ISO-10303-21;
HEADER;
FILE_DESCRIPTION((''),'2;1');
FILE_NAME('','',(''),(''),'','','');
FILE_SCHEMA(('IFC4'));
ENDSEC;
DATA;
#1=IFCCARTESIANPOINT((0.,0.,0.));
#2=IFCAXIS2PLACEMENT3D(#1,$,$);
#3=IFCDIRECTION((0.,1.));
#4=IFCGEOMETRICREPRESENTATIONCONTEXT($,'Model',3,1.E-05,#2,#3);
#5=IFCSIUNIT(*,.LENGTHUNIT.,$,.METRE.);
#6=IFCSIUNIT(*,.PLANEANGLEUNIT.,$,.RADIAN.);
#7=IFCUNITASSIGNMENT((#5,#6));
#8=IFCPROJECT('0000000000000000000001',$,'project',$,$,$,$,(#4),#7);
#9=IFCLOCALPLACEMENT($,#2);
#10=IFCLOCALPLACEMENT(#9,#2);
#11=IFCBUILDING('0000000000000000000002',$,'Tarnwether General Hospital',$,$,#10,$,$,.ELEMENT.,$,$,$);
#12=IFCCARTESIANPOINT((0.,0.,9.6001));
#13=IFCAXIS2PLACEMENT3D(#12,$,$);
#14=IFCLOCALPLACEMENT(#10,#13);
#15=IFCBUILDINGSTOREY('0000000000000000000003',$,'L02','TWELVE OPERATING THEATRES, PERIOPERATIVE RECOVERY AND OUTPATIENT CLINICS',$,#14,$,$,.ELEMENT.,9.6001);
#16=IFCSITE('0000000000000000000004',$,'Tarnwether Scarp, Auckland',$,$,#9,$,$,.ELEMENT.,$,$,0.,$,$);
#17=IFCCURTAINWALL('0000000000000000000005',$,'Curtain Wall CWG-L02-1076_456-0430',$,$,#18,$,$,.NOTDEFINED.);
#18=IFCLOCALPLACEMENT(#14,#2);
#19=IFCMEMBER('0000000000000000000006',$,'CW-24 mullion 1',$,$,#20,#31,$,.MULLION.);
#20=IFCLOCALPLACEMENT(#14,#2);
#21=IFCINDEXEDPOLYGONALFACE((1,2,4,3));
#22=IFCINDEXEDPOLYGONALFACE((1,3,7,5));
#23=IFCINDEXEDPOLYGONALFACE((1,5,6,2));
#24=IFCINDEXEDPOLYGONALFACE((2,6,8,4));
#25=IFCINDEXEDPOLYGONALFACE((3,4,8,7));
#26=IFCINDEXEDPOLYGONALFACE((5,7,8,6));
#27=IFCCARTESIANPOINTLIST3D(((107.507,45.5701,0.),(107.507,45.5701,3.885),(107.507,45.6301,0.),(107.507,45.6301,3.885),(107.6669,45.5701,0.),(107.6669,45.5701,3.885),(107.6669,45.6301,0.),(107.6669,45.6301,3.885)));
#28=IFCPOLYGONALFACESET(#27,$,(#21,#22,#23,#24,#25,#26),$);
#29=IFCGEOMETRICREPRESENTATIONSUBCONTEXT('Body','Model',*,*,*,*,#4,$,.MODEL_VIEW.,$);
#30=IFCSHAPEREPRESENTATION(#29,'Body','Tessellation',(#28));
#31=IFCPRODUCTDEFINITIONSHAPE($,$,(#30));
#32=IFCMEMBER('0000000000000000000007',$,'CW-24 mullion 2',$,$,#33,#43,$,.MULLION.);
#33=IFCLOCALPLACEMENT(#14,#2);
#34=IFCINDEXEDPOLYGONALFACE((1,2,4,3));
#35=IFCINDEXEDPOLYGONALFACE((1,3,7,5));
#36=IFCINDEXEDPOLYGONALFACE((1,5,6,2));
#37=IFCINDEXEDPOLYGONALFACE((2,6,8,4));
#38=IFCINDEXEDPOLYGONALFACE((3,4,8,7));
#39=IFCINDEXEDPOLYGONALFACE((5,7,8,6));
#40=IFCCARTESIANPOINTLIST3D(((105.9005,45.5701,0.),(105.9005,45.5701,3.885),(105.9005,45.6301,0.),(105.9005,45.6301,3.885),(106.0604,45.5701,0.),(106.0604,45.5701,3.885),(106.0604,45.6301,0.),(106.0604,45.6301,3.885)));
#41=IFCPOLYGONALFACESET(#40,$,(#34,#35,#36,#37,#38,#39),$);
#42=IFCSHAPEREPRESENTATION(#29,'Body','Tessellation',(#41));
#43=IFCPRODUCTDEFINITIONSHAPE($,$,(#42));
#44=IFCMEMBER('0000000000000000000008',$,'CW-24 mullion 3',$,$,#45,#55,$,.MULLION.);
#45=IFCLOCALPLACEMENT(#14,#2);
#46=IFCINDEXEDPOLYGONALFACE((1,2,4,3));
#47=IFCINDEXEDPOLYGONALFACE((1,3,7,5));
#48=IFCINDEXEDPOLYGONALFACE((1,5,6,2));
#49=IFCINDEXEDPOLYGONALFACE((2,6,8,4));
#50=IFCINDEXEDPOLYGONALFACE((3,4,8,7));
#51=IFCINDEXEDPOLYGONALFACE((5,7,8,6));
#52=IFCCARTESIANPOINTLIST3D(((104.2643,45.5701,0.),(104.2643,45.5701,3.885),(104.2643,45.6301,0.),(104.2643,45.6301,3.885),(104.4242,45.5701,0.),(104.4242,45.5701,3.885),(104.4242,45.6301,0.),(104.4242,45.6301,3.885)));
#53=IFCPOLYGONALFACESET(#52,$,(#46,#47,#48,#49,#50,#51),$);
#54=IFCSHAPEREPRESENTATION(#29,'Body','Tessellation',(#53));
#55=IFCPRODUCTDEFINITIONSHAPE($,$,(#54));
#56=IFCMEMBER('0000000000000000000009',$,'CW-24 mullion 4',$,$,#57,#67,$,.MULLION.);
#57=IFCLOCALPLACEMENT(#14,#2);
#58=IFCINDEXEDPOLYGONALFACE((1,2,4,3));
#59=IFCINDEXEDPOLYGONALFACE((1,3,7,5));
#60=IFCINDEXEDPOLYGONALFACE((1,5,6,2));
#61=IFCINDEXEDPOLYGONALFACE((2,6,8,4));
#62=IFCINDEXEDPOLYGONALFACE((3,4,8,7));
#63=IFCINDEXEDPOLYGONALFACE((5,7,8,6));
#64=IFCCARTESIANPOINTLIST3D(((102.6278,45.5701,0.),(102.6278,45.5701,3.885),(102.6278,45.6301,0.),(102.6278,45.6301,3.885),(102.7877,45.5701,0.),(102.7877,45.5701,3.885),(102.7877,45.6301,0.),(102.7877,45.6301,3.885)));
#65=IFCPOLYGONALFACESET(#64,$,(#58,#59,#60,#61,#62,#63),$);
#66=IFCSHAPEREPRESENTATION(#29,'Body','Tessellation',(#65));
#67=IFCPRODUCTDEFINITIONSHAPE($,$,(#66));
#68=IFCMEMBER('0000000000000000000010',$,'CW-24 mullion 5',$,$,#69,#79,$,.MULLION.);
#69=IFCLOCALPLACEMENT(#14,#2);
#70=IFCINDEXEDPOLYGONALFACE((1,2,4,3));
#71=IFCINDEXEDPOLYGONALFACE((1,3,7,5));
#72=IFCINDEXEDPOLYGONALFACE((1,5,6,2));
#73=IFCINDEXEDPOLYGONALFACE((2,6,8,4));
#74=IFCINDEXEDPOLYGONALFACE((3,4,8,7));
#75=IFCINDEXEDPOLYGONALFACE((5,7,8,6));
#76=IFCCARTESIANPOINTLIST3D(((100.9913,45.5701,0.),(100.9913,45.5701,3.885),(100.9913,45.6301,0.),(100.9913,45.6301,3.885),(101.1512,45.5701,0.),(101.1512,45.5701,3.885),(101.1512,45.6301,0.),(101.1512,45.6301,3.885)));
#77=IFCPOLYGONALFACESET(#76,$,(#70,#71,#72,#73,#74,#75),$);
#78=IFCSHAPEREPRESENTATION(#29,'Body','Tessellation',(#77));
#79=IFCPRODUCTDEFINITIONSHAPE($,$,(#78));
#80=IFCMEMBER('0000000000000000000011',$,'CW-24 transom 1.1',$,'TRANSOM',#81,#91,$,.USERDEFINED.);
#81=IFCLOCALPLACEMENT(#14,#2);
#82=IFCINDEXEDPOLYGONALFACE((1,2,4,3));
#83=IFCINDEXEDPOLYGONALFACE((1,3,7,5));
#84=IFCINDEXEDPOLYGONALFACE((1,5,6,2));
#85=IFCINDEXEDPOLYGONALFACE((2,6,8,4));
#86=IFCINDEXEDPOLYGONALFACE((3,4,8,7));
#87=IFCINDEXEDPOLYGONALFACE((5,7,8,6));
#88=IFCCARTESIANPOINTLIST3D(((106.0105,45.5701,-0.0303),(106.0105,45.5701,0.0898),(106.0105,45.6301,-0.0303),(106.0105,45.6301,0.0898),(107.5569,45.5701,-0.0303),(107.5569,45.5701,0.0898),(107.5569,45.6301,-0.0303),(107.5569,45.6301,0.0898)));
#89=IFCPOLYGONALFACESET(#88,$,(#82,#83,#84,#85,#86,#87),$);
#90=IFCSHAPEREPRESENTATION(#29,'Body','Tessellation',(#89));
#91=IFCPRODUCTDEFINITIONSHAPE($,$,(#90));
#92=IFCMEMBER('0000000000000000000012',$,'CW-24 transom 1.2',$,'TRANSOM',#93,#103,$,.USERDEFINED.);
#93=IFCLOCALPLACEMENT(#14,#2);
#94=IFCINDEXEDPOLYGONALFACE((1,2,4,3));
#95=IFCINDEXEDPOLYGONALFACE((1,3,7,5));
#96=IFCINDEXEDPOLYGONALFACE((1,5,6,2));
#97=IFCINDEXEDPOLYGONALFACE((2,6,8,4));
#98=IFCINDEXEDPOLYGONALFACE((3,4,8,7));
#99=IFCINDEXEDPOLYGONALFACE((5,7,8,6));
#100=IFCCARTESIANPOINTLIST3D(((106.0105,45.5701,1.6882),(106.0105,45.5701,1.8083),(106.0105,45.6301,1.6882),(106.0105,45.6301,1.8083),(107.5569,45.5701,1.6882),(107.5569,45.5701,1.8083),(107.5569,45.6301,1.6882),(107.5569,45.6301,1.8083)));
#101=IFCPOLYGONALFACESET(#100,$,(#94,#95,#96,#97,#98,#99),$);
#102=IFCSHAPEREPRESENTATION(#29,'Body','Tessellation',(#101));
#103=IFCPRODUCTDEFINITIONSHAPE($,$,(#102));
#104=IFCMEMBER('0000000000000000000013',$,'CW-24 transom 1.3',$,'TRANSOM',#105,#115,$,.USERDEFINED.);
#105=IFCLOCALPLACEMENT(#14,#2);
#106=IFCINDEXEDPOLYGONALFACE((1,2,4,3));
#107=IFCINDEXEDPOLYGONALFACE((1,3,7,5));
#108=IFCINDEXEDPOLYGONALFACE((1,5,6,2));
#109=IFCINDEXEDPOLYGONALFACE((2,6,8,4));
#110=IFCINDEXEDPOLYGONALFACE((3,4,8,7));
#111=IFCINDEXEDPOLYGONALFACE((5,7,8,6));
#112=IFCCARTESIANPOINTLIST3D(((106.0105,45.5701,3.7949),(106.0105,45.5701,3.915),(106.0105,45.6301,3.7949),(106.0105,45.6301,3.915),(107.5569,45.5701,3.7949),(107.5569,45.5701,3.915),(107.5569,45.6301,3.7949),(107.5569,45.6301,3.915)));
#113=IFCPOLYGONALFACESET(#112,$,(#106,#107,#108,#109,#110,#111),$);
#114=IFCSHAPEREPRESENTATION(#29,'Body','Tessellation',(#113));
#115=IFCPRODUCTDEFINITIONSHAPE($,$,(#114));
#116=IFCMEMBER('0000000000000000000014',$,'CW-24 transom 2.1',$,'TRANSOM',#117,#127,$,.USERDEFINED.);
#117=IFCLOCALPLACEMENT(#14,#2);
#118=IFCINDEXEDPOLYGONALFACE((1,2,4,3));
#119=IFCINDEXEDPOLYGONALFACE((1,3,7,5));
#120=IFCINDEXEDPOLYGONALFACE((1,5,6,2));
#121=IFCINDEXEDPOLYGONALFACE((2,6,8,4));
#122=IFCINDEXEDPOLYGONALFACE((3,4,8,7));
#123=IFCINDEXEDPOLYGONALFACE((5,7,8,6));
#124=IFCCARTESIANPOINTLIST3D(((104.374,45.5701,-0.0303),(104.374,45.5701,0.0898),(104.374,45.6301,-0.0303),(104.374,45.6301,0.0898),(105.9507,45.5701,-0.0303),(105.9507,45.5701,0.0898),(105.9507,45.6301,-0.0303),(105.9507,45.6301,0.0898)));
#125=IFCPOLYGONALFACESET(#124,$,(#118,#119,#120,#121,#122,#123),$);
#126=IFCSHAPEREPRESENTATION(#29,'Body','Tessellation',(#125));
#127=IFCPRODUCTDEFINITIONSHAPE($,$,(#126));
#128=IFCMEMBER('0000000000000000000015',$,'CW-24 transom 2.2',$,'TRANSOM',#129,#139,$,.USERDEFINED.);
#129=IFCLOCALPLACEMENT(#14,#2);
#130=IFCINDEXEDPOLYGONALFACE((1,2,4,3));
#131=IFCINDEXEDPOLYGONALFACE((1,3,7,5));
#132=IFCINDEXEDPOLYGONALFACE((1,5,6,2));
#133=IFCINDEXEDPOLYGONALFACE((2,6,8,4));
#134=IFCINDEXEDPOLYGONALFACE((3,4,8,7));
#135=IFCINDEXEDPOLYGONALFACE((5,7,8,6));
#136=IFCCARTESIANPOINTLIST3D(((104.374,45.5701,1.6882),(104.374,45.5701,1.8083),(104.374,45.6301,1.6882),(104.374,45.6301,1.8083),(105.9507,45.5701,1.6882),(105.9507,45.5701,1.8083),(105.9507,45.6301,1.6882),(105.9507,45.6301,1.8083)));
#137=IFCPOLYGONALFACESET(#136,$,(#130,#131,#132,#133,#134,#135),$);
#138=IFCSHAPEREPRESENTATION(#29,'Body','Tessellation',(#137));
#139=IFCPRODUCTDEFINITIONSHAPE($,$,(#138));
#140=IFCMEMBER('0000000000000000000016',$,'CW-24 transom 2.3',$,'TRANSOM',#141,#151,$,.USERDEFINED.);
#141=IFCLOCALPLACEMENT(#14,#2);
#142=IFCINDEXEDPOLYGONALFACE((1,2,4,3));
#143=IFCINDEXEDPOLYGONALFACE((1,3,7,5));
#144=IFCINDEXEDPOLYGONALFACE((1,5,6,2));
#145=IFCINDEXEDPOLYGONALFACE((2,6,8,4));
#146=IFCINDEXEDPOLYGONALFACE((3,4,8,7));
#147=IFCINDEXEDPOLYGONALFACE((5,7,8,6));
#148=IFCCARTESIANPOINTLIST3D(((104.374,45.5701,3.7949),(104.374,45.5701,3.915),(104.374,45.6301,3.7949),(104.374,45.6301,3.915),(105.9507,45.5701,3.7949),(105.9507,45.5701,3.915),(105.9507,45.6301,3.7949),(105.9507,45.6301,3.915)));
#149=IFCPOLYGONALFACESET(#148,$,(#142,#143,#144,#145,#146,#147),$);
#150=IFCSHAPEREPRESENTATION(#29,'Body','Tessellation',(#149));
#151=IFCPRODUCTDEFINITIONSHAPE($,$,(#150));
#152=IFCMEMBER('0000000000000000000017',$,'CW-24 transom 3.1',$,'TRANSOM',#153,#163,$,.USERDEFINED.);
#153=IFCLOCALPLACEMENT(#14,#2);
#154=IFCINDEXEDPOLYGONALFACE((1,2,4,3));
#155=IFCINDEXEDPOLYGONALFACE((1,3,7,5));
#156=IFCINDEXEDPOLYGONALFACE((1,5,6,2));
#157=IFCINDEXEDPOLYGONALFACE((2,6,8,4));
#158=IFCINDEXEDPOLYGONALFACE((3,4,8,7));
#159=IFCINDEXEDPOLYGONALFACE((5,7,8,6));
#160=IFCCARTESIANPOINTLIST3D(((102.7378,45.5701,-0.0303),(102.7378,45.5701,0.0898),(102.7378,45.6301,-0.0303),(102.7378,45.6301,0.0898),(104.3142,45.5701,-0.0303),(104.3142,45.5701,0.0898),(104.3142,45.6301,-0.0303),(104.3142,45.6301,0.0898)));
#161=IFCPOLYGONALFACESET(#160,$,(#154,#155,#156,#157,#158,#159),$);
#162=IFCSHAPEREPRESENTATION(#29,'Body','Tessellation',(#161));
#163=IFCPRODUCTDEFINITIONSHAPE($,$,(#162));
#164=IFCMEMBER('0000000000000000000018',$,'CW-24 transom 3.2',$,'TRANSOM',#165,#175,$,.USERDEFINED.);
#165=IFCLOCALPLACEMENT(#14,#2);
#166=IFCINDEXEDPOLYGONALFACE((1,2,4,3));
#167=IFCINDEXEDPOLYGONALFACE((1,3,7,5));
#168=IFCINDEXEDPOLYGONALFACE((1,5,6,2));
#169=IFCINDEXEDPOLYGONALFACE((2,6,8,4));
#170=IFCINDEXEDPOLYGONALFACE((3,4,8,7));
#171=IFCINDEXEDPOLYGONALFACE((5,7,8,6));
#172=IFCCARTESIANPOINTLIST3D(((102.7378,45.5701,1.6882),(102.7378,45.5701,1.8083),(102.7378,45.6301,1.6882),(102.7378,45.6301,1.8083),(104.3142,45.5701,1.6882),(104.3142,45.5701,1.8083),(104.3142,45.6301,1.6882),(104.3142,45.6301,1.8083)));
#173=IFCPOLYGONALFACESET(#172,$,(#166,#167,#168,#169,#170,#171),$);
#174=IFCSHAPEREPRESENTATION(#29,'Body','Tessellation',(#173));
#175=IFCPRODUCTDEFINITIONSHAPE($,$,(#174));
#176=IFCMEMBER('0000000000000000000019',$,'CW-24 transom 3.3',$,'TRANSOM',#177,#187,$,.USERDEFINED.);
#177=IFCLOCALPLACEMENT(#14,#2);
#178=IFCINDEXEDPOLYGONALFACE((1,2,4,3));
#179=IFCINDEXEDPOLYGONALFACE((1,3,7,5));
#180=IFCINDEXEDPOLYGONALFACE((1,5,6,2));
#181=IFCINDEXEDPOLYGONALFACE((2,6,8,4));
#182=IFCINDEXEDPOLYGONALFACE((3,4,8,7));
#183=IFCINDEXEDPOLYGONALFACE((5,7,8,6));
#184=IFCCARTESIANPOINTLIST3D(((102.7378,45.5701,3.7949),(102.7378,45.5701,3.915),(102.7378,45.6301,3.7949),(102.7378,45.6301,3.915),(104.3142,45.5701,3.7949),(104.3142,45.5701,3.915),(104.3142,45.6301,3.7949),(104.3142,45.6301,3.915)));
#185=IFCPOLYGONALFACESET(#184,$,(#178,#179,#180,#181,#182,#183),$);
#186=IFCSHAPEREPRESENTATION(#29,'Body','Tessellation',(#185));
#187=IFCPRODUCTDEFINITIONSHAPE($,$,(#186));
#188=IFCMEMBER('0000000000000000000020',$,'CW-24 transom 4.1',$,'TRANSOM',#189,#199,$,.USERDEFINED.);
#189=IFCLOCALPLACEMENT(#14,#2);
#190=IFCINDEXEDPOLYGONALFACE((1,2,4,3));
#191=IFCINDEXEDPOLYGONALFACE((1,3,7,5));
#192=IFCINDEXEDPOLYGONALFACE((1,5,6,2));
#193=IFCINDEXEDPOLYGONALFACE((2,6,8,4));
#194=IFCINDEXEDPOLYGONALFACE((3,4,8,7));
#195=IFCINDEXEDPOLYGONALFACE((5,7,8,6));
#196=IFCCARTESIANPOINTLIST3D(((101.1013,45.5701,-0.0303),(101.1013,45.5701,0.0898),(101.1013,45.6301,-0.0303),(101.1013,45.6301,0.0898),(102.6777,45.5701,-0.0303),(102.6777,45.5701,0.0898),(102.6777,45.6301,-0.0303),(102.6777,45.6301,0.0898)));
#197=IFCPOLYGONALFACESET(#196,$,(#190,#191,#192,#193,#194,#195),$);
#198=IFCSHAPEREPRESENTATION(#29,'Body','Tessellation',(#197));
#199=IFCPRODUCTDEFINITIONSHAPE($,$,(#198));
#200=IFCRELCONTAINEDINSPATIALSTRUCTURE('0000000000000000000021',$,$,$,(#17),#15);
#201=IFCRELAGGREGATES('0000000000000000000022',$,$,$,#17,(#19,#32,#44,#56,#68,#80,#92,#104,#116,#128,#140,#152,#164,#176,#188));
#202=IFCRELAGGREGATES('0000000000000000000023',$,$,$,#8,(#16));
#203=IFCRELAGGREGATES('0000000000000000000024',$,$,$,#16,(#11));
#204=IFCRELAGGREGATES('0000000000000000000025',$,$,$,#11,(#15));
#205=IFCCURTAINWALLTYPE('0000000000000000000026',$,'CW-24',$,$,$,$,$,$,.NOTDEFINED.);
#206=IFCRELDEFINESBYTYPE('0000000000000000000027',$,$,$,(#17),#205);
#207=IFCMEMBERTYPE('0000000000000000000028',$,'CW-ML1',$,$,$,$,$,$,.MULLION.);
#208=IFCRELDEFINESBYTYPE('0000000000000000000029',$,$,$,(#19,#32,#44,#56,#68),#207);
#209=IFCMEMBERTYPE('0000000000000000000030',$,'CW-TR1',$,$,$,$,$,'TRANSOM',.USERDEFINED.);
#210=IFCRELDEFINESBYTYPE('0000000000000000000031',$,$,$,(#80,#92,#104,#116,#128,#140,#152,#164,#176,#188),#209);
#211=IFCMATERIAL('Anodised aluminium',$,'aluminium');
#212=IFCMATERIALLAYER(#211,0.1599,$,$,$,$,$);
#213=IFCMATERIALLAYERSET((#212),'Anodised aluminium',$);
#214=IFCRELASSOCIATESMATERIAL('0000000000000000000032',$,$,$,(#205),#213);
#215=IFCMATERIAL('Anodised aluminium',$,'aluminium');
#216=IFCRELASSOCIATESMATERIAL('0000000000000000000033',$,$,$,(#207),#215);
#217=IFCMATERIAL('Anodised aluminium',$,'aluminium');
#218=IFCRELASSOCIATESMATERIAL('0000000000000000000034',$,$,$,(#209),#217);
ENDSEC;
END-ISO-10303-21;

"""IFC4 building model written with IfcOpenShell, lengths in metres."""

from ifc_helpers import new_model, si_unit, direction, frame, origin, origin_2d, place, context, subcontext, project, spatial, rectangle, extrude, material, layer, layer_set, material_profile, profile_set, type_object, element, aggregate, save


model = new_model("IFC4")

# Units and contexts
model_context = context("Model", 3, precision=1e-05, world=origin(), true_north=direction((0.0, 1.0)))
body_context = subcontext(model_context, "Body", "Model", "MODEL_VIEW")
ifc_project = project(units=[si_unit("LENGTHUNIT", "METRE"), si_unit("PLANEANGLEUNIT", "RADIAN")], contexts=[model_context])

# Site, building, storey
site_placement = place(None, origin())
site = spatial("IfcSite", under=ifc_project, at=site_placement, Name="Tarnwether Scarp, Auckland", CompositionType="ELEMENT", RefElevation=0.0)
building_placement = place(site_placement, origin())
building = spatial("IfcBuilding", under=site, at=building_placement, Name="Tarnwether General Hospital", CompositionType="ELEMENT")
storey_placement = place(building_placement, frame((0.0, 0.0, 9.6001)))
storey = spatial("IfcBuildingStorey", under=building, at=storey_placement, Name="L02", Description="TWELVE OPERATING THEATRES, PERIOPERATIVE RECOVERY AND OUTPATIENT CLINICS", CompositionType="ELEMENT", Elevation=9.6001)

# Curtain wall, members
ifc_material_1 = material(Name="Anodised aluminium", Category="aluminium")
ifc_layer_1 = layer(ifc_material_1, 0.1599)
ifc_layer_set_1 = layer_set([ifc_layer_1], Name="Anodised aluminium")
curtain_wall_type = type_object("IfcCurtainWallType", Name="CW-24", PredefinedType="NOTDEFINED", material=ifc_layer_set_1)
curtain_wall_placement = place(storey_placement, origin())
curtain_wall = element("IfcCurtainWall", 1, at=curtain_wall_placement, inside=storey, type_object=curtain_wall_type, Name="Curtain Wall CWG-L02-1076_456-0430", PredefinedType="NOTDEFINED")
ifc_material_2 = material(Name="Anodised aluminium", Category="aluminium")
ifc_material_profile_1 = material_profile(ifc_material_2, rectangle(XDim=0.0601, YDim=0.1599, at=origin_2d()), Name="ALU-MUL-60x160")
ifc_profile_set_1 = profile_set([ifc_material_profile_1], Name="Anodised aluminium")
member_type_1 = type_object("IfcMemberType", Name="CW-ML1", PredefinedType="MULLION", material=ifc_profile_set_1)
member_1_placement = place(storey_placement, frame((107.5869, 45.6001, 0.0), z_axis=(0.0, 0.0, 1.0), x_axis=(0.0, -1.0, 0.0)))
member_1 = element("IfcMember", 2, at=member_1_placement, type_object=member_type_1, Name="CW-24 mullion 1", PredefinedType="MULLION", context=body_context, shape_type="SweptSolid", body=[
    extrude(rectangle(XDim=0.0601, YDim=0.1599, at=origin_2d()), origin(), (0.0, 0.0, 1.0), 3.885),
])
member_2_placement = place(storey_placement, frame((105.9805, 45.6001, 0.0), z_axis=(0.0, 0.0, 1.0), x_axis=(0.0, -1.0, 0.0)))
member_2 = element("IfcMember", 3, at=member_2_placement, type_object=member_type_1, Name="CW-24 mullion 2", PredefinedType="MULLION", context=body_context, shape_type="SweptSolid", body=[
    extrude(rectangle(XDim=0.0601, YDim=0.1599, at=origin_2d()), origin(), (0.0, 0.0, 1.0), 3.885),
])
member_3_placement = place(storey_placement, frame((104.3442, 45.6001, 0.0), z_axis=(0.0, 0.0, 1.0), x_axis=(0.0, -1.0, 0.0)))
member_3 = element("IfcMember", 4, at=member_3_placement, type_object=member_type_1, Name="CW-24 mullion 3", PredefinedType="MULLION", context=body_context, shape_type="SweptSolid", body=[
    extrude(rectangle(XDim=0.0601, YDim=0.1599, at=origin_2d()), origin(), (0.0, 0.0, 1.0), 3.885),
])
member_4_placement = place(storey_placement, frame((102.7078, 45.6001, 0.0), z_axis=(0.0, 0.0, 1.0), x_axis=(0.0, -1.0, 0.0)))
member_4 = element("IfcMember", 5, at=member_4_placement, type_object=member_type_1, Name="CW-24 mullion 4", PredefinedType="MULLION", context=body_context, shape_type="SweptSolid", body=[
    extrude(rectangle(XDim=0.0601, YDim=0.1599, at=origin_2d()), origin(), (0.0, 0.0, 1.0), 3.885),
])
member_5_placement = place(storey_placement, frame((101.0713, 45.6001, 0.0), z_axis=(0.0, 0.0, 1.0), x_axis=(0.0, -1.0, 0.0)))
member_5 = element("IfcMember", 6, at=member_5_placement, type_object=member_type_1, Name="CW-24 mullion 5", PredefinedType="MULLION", context=body_context, shape_type="SweptSolid", body=[
    extrude(rectangle(XDim=0.0601, YDim=0.1599, at=origin_2d()), origin(), (0.0, 0.0, 1.0), 3.885),
])
ifc_material_3 = material(Name="Anodised aluminium", Category="aluminium")
ifc_material_profile_2 = material_profile(ifc_material_3, rectangle(XDim=0.0601, YDim=0.1201, at=origin_2d()), Name="ALU-TRN-60x120")
ifc_profile_set_2 = profile_set([ifc_material_profile_2], Name="Anodised aluminium")
member_type_2 = type_object("IfcMemberType", Name="CW-TR1", ElementType="TRANSOM", PredefinedType="USERDEFINED", material=ifc_profile_set_2)
member_6_placement = place(storey_placement, frame((107.5569, 45.6001, 0.0298), z_axis=(-1.0, 0.0, 0.0), x_axis=(0.0, -1.0, 0.0)))
member_6 = element("IfcMember", 7, at=member_6_placement, type_object=member_type_2, Name="CW-24 transom 1.1", ObjectType="TRANSOM", PredefinedType="USERDEFINED", context=body_context, shape_type="SweptSolid", body=[
    extrude(rectangle(XDim=0.0601, YDim=0.1201, at=origin_2d()), origin(), (0.0, 0.0, 1.0), 1.5464),
])
member_7_placement = place(storey_placement, frame((107.5569, 45.6001, 1.7483), z_axis=(-1.0, 0.0, 0.0), x_axis=(0.0, -1.0, 0.0)))
member_7 = element("IfcMember", 8, at=member_7_placement, type_object=member_type_2, Name="CW-24 transom 1.2", ObjectType="TRANSOM", PredefinedType="USERDEFINED", context=body_context, shape_type="SweptSolid", body=[
    extrude(rectangle(XDim=0.0601, YDim=0.1201, at=origin_2d()), origin(), (0.0, 0.0, 1.0), 1.5464),
])
member_8_placement = place(storey_placement, frame((107.5569, 45.6001, 3.855), z_axis=(-1.0, 0.0, 0.0), x_axis=(0.0, -1.0, 0.0)))
member_8 = element("IfcMember", 9, at=member_8_placement, type_object=member_type_2, Name="CW-24 transom 1.3", ObjectType="TRANSOM", PredefinedType="USERDEFINED", context=body_context, shape_type="SweptSolid", body=[
    extrude(rectangle(XDim=0.0601, YDim=0.1201, at=origin_2d()), origin(), (0.0, 0.0, 1.0), 1.5464),
])
member_9_placement = place(storey_placement, frame((105.9507, 45.6001, 0.0298), z_axis=(-1.0, 0.0, 0.0), x_axis=(0.0, -1.0, 0.0)))
member_9 = element("IfcMember", 10, at=member_9_placement, type_object=member_type_2, Name="CW-24 transom 2.1", ObjectType="TRANSOM", PredefinedType="USERDEFINED", context=body_context, shape_type="SweptSolid", body=[
    extrude(rectangle(XDim=0.0601, YDim=0.1201, at=origin_2d()), origin(), (0.0, 0.0, 1.0), 1.5767),
])
member_10_placement = place(storey_placement, frame((105.9507, 45.6001, 1.7483), z_axis=(-1.0, 0.0, 0.0), x_axis=(0.0, -1.0, 0.0)))
member_10 = element("IfcMember", 11, at=member_10_placement, type_object=member_type_2, Name="CW-24 transom 2.2", ObjectType="TRANSOM", PredefinedType="USERDEFINED", context=body_context, shape_type="SweptSolid", body=[
    extrude(rectangle(XDim=0.0601, YDim=0.1201, at=origin_2d()), origin(), (0.0, 0.0, 1.0), 1.5767),
])
member_11_placement = place(storey_placement, frame((105.9507, 45.6001, 3.855), z_axis=(-1.0, 0.0, 0.0), x_axis=(0.0, -1.0, 0.0)))
member_11 = element("IfcMember", 12, at=member_11_placement, type_object=member_type_2, Name="CW-24 transom 2.3", ObjectType="TRANSOM", PredefinedType="USERDEFINED", context=body_context, shape_type="SweptSolid", body=[
    extrude(rectangle(XDim=0.0601, YDim=0.1201, at=origin_2d()), origin(), (0.0, 0.0, 1.0), 1.5767),
])
member_12_placement = place(storey_placement, frame((104.3142, 45.6001, 0.0298), z_axis=(-1.0, 0.0, 0.0), x_axis=(0.0, -1.0, 0.0)))
member_12 = element("IfcMember", 13, at=member_12_placement, type_object=member_type_2, Name="CW-24 transom 3.1", ObjectType="TRANSOM", PredefinedType="USERDEFINED", context=body_context, shape_type="SweptSolid", body=[
    extrude(rectangle(XDim=0.0601, YDim=0.1201, at=origin_2d()), origin(), (0.0, 0.0, 1.0), 1.5764),
])
member_13_placement = place(storey_placement, frame((104.3142, 45.6001, 1.7483), z_axis=(-1.0, 0.0, 0.0), x_axis=(0.0, -1.0, 0.0)))
member_13 = element("IfcMember", 14, at=member_13_placement, type_object=member_type_2, Name="CW-24 transom 3.2", ObjectType="TRANSOM", PredefinedType="USERDEFINED", context=body_context, shape_type="SweptSolid", body=[
    extrude(rectangle(XDim=0.0601, YDim=0.1201, at=origin_2d()), origin(), (0.0, 0.0, 1.0), 1.5764),
])
member_14_placement = place(storey_placement, frame((104.3142, 45.6001, 3.855), z_axis=(-1.0, 0.0, 0.0), x_axis=(0.0, -1.0, 0.0)))
member_14 = element("IfcMember", 15, at=member_14_placement, type_object=member_type_2, Name="CW-24 transom 3.3", ObjectType="TRANSOM", PredefinedType="USERDEFINED", context=body_context, shape_type="SweptSolid", body=[
    extrude(rectangle(XDim=0.0601, YDim=0.1201, at=origin_2d()), origin(), (0.0, 0.0, 1.0), 1.5764),
])
member_15_placement = place(storey_placement, frame((102.6777, 45.6001, 0.0298), z_axis=(-1.0, 0.0, 0.0), x_axis=(0.0, -1.0, 0.0)))
member_15 = element("IfcMember", 16, at=member_15_placement, type_object=member_type_2, Name="CW-24 transom 4.1", ObjectType="TRANSOM", PredefinedType="USERDEFINED", context=body_context, shape_type="SweptSolid", body=[
    extrude(rectangle(XDim=0.0601, YDim=0.1201, at=origin_2d()), origin(), (0.0, 0.0, 1.0), 1.5764),
])
aggregate(curtain_wall, [member_1, member_2, member_3, member_4, member_5, member_6, member_7, member_8, member_9, member_10, member_11, member_12, member_13, member_14, member_15])

save(model, "model.ifc")
